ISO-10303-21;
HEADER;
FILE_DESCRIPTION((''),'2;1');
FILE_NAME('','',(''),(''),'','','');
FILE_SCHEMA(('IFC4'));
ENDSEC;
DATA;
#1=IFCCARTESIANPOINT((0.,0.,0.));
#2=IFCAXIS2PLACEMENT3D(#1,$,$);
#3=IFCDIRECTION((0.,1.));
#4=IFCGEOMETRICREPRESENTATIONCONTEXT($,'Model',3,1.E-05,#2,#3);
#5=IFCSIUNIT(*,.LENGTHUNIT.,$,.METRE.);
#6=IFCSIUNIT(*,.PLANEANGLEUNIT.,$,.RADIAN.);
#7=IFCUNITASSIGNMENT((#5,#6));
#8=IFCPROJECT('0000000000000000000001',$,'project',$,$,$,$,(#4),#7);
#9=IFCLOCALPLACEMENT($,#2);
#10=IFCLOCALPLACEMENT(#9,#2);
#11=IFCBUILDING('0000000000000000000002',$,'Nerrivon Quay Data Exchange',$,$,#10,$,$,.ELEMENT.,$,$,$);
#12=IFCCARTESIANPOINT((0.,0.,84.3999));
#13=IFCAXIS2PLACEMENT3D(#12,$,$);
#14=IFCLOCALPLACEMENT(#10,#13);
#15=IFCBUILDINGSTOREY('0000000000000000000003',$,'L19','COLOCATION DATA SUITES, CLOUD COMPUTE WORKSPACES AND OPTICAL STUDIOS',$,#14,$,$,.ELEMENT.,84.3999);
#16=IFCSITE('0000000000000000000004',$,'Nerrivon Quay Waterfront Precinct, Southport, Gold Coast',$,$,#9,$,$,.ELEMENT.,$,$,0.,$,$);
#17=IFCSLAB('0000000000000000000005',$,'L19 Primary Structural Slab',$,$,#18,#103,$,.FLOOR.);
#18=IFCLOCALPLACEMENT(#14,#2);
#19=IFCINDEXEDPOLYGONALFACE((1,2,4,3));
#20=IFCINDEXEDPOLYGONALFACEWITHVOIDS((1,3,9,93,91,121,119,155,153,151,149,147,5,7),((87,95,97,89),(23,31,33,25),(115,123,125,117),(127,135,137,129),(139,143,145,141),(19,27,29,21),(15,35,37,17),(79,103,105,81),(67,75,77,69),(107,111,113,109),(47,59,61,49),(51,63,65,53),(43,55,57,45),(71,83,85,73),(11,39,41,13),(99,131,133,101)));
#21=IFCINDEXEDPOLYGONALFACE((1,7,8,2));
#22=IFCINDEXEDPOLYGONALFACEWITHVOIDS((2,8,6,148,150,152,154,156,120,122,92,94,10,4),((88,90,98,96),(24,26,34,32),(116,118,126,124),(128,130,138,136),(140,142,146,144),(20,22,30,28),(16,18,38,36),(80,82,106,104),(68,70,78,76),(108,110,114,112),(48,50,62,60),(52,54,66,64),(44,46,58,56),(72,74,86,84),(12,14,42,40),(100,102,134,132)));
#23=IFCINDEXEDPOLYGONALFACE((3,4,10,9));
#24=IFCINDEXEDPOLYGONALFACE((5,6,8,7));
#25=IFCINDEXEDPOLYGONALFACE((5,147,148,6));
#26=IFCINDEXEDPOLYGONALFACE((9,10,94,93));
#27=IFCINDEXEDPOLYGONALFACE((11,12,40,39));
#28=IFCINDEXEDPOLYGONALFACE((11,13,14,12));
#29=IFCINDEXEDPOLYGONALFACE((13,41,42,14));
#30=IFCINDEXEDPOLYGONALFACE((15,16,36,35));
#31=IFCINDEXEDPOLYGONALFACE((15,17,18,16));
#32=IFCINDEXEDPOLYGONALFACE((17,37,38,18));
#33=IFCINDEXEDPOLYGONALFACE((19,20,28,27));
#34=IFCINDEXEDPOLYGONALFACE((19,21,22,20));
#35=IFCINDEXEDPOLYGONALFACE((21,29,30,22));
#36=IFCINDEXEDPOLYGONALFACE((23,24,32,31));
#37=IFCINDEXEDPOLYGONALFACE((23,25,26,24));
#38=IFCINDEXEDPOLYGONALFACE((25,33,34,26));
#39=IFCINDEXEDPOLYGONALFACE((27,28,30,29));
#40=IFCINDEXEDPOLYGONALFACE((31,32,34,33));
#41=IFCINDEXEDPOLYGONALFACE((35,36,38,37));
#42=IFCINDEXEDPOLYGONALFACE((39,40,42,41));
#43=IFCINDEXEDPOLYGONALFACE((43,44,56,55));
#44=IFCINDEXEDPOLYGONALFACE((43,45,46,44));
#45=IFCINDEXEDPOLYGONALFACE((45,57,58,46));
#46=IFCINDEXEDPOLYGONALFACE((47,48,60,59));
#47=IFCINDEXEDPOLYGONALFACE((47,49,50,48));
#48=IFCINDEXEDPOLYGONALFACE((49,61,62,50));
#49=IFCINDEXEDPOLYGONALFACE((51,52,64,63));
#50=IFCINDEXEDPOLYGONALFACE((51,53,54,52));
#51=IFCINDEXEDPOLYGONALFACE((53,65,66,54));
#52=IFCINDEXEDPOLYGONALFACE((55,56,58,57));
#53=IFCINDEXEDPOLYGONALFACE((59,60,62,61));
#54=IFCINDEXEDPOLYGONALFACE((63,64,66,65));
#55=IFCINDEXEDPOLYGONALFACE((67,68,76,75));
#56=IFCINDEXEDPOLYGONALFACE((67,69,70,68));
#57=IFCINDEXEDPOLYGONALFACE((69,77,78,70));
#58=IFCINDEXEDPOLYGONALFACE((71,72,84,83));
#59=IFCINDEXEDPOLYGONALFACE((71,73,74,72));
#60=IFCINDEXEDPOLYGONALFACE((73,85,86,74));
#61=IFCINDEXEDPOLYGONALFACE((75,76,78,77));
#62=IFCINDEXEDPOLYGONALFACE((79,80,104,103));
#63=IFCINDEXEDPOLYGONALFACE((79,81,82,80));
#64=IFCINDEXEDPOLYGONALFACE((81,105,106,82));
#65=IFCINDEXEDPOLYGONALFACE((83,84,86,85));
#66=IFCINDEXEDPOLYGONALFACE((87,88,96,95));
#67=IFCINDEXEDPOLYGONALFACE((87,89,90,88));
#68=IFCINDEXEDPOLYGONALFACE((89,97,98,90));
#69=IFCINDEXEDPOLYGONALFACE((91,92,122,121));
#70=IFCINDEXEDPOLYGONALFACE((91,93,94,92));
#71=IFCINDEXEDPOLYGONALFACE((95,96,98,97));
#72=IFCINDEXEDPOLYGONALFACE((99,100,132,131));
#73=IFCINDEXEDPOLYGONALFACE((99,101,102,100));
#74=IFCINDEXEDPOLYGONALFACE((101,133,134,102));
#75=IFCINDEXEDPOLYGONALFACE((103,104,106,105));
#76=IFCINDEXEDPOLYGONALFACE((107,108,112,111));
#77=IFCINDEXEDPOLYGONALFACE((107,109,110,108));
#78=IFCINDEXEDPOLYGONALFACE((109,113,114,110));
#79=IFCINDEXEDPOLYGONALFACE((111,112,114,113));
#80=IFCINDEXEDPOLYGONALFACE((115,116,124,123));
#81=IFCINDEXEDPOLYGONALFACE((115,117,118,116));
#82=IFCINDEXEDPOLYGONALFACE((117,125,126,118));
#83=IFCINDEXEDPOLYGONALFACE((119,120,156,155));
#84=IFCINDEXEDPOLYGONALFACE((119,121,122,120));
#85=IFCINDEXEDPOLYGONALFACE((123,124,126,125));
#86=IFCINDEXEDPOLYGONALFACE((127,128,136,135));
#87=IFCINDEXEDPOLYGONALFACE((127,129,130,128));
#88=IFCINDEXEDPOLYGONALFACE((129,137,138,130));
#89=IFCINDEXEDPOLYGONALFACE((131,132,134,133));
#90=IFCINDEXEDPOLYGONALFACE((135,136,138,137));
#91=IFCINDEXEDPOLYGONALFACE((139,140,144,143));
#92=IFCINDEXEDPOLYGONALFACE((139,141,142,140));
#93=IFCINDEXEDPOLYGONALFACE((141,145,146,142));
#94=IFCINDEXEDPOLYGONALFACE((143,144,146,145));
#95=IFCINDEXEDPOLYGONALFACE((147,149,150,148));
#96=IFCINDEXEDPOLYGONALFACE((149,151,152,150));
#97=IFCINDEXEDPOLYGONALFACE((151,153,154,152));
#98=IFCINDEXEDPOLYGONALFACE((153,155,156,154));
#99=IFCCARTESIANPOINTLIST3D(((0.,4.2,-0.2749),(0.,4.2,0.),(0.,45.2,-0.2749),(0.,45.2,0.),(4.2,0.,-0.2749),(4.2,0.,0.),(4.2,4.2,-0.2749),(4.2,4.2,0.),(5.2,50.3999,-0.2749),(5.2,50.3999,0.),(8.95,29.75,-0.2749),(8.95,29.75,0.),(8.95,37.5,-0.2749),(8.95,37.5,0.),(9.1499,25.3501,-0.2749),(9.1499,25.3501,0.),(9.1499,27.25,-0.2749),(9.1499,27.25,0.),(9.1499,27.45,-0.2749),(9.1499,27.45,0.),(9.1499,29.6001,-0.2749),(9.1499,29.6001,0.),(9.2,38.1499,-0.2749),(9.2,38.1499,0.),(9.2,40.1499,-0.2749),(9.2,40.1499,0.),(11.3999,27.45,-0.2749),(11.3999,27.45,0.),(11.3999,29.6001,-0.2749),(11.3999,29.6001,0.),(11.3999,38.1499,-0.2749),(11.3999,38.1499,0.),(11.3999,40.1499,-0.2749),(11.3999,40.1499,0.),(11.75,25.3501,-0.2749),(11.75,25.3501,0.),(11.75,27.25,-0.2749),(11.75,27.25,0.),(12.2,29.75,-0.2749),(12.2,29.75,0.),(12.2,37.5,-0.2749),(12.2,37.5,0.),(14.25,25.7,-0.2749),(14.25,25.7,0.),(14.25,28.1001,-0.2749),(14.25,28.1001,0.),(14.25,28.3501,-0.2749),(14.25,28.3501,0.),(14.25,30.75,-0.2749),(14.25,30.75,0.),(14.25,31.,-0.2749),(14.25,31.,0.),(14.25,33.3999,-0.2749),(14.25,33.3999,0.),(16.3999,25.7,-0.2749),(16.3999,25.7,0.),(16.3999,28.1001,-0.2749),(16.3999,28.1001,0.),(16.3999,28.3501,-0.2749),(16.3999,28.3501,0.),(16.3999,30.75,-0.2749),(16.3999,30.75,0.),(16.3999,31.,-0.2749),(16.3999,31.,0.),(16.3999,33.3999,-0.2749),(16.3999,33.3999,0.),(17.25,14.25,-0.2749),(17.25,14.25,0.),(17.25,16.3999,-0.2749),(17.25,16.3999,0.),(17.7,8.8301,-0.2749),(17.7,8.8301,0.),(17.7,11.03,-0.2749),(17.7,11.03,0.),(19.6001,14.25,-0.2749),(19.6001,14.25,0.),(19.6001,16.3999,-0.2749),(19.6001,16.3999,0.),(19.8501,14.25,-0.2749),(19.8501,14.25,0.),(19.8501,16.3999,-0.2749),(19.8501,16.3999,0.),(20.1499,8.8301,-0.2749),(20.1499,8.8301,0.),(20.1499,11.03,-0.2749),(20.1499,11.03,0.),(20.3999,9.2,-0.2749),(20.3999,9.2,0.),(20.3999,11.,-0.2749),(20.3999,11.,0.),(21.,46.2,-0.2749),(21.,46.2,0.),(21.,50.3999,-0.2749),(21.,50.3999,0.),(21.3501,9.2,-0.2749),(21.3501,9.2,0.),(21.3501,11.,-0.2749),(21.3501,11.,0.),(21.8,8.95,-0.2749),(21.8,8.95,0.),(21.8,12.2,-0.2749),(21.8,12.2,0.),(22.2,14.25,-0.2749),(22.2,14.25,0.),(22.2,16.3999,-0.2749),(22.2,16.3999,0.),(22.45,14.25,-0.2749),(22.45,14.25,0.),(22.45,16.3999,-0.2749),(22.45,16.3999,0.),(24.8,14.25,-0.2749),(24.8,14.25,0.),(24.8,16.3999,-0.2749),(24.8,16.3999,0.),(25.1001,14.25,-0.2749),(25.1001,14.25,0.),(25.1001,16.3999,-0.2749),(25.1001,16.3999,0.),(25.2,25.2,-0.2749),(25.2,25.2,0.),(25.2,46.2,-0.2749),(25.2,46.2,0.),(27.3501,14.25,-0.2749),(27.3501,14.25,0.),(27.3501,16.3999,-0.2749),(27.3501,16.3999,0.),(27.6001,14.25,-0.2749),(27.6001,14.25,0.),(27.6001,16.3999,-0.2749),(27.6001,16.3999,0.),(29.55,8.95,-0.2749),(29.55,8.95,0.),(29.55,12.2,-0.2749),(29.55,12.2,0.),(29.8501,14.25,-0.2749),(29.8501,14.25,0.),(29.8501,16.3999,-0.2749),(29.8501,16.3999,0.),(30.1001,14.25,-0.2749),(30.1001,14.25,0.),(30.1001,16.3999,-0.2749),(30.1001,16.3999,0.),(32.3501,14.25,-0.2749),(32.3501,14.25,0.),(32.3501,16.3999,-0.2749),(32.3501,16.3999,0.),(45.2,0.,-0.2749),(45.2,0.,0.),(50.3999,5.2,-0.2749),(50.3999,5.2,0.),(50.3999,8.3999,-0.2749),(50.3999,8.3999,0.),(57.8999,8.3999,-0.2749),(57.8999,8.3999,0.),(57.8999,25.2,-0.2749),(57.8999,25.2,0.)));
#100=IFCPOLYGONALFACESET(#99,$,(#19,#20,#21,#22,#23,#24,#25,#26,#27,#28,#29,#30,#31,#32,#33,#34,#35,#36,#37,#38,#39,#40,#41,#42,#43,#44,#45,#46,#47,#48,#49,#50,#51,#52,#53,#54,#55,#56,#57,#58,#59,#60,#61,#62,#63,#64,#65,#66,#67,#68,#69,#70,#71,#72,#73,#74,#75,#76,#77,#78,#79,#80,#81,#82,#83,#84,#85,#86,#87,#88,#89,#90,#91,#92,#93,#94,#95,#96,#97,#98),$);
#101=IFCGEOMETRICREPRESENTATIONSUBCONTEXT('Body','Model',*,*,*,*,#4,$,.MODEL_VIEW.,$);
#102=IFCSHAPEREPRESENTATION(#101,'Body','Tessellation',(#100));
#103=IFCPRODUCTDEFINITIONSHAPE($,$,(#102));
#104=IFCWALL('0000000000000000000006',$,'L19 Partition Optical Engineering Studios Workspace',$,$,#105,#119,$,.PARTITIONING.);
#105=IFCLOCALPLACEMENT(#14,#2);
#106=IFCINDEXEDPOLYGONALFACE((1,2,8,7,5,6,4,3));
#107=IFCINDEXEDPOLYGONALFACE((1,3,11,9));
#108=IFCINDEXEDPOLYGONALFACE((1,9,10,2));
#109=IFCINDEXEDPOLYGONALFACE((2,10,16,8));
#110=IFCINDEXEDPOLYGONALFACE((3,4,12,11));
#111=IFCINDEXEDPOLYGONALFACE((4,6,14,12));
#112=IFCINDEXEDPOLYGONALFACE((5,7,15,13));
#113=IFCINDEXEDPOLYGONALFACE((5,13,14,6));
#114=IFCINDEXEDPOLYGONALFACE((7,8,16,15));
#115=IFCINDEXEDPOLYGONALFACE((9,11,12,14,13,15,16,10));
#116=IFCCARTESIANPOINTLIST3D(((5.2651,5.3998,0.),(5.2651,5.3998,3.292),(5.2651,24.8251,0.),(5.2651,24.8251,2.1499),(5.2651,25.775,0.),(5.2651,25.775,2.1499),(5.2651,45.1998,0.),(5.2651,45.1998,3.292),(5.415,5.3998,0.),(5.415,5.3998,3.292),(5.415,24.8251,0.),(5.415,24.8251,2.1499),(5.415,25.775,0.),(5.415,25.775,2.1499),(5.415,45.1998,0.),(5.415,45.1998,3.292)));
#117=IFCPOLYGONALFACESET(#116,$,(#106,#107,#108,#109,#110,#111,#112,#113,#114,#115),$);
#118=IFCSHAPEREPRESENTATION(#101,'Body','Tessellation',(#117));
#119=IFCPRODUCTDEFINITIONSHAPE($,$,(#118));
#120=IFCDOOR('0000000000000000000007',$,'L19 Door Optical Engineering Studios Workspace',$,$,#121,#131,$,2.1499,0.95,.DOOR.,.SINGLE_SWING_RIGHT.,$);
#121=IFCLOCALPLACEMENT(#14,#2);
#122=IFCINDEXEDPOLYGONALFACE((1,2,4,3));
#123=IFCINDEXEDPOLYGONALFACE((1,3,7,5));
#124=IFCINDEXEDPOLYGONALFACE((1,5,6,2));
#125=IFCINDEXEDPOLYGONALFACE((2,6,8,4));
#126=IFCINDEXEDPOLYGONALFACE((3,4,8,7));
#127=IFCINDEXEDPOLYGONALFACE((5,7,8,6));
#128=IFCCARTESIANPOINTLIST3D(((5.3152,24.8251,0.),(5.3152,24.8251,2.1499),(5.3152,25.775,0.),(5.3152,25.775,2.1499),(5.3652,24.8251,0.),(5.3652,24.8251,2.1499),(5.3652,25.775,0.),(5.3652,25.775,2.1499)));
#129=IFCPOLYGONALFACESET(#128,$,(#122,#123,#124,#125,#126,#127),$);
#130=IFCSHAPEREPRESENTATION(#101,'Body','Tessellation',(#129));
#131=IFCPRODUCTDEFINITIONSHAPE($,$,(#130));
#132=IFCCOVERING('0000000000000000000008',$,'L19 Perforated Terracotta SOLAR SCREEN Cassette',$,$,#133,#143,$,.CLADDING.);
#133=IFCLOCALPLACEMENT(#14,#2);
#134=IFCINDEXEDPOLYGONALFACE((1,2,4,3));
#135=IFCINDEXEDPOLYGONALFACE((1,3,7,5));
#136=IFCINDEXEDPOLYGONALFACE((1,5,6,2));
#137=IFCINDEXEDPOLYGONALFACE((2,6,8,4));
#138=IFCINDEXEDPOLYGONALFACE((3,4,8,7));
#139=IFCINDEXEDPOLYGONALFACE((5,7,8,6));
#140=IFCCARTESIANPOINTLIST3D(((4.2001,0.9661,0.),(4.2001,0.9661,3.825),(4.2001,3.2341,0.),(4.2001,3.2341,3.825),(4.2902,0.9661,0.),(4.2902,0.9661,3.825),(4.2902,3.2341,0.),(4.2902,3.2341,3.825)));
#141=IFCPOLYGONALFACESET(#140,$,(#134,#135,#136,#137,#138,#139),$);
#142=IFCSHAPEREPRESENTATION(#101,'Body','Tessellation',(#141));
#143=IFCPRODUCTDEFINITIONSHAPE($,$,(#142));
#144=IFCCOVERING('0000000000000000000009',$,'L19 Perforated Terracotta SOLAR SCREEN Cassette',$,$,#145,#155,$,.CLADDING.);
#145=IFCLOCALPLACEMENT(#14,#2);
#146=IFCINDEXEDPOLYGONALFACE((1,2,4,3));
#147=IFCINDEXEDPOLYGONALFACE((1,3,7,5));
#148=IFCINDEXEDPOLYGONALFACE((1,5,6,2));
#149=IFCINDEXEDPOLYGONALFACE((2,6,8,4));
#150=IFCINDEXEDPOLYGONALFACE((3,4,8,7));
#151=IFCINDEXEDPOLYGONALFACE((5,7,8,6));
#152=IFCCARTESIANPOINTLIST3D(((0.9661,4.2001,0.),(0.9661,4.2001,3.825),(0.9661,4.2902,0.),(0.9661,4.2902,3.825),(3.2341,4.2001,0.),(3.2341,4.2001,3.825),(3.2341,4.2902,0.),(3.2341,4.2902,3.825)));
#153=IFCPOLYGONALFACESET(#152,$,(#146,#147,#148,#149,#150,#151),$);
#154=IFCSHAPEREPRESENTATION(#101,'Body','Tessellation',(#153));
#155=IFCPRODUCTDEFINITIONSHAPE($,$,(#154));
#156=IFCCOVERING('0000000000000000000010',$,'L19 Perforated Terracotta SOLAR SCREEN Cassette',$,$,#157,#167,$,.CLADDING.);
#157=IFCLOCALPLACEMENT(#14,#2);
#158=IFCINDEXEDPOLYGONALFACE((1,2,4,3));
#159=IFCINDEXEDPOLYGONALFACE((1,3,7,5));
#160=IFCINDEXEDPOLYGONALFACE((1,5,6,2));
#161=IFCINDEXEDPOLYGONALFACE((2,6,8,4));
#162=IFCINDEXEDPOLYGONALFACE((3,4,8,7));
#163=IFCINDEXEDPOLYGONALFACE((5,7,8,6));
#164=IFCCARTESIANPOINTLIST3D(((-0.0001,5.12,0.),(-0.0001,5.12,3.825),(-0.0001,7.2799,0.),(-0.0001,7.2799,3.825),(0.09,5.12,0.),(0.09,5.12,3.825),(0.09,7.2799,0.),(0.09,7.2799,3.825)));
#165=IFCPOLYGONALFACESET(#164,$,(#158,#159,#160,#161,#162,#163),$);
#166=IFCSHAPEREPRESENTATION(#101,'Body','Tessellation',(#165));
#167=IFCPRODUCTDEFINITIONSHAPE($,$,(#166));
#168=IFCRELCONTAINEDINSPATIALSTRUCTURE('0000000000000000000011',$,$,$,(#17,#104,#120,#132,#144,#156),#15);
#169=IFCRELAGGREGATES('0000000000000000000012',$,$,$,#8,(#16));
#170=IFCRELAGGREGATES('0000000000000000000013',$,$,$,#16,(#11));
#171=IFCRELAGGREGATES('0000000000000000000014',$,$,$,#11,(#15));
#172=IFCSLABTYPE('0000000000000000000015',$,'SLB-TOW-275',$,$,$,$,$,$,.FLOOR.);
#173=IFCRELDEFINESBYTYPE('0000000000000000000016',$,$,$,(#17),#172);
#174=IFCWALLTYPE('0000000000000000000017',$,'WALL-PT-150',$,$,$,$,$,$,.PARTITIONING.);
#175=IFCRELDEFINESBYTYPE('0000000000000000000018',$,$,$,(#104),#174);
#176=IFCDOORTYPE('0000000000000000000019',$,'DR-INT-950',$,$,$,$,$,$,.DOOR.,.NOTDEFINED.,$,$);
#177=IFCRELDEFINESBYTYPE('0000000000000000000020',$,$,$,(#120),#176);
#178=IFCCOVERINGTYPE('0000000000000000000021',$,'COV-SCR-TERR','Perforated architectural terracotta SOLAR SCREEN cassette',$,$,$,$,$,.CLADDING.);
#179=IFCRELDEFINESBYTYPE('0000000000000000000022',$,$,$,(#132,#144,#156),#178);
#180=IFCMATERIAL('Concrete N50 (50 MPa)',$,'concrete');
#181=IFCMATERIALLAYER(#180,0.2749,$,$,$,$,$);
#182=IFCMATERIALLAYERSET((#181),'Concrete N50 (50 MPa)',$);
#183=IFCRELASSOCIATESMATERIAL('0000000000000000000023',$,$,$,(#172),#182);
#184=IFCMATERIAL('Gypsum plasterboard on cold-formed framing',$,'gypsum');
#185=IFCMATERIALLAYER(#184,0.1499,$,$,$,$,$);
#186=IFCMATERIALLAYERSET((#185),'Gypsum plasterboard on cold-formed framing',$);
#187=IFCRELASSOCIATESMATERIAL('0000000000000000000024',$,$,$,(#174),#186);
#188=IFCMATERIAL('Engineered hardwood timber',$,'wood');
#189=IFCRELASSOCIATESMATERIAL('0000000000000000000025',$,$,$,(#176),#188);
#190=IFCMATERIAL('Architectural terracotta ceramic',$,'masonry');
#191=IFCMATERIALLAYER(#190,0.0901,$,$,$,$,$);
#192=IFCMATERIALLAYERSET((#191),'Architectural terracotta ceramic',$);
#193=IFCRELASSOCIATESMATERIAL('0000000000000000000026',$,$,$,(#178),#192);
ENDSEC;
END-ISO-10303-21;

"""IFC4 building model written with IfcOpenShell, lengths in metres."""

from ifc_helpers import new_model, si_unit, direction, frame, frame_2d, origin, origin_2d, place, context, subcontext, project, spatial, polyline, rectangle, outline, extrude, material, layer, layer_set, type_object, element, fill, save


model = new_model("IFC4")

# Units and contexts
model_context = context("Model", 3, precision=1e-05, world=origin(), true_north=direction((0.0, 1.0)))
body_context = subcontext(model_context, "Body", "Model", "MODEL_VIEW")
ifc_project = project(units=[si_unit("LENGTHUNIT", "METRE"), si_unit("PLANEANGLEUNIT", "RADIAN")], contexts=[model_context])

# Site, building, storey
site_placement = place(None, origin())
site = spatial("IfcSite", under=ifc_project, at=site_placement, Name="Nerrivon Quay Waterfront Precinct, Southport, Gold Coast", CompositionType="ELEMENT", RefElevation=0.0)
building_placement = place(site_placement, origin())
building = spatial("IfcBuilding", under=site, at=building_placement, Name="Nerrivon Quay Data Exchange", CompositionType="ELEMENT")
storey_placement = place(building_placement, frame((0.0, 0.0, 84.3999)))
storey = spatial("IfcBuildingStorey", under=building, at=storey_placement, Name="L19", Description="COLOCATION DATA SUITES, CLOUD COMPUTE WORKSPACES AND OPTICAL STUDIOS", CompositionType="ELEMENT", Elevation=84.3999)

# Shared definitions
ifc_material_1 = material(Name="Concrete N50 (50 MPa)", Category="concrete")

# Slab
ifc_layer_1 = layer(ifc_material_1, 0.2749)
ifc_layer_set_1 = layer_set([ifc_layer_1], Name="Concrete N50 (50 MPa)")
slab_type_1 = type_object("IfcSlabType", Name="SLB-TOW-275", PredefinedType="FLOOR", material=ifc_layer_set_1)
slab_1_placement = place(storey_placement, frame((0.0, 0.0, -0.2749)))
element("IfcSlab", 1, at=slab_1_placement, inside=storey, type_object=slab_type_1, Name="L19 Primary Structural Slab", PredefinedType="FLOOR", context=body_context, shape_type="SweptSolid", body=[
    extrude(outline(polyline([(25.2, 25.2), (25.2, 46.2), (21.0, 46.2), (21.0, 50.3999), (5.2, 50.3999), (0.0, 45.2), (0.0, 4.2), (4.2, 4.2), (4.2, 0.0), (45.2, 0.0), (50.3999, 5.2), (50.3999, 8.3999), (57.8999, 8.3999), (57.8999, 25.2), (25.2, 25.2)]), holes=[polyline([(8.95, 29.75), (8.95, 37.5), (12.2, 37.5), (12.2, 29.75), (8.95, 29.75)]), polyline([(21.8, 12.2), (29.55, 12.2), (29.55, 8.95), (21.8, 8.95), (21.8, 12.2)]), polyline([(30.1001, 16.3999), (32.3501, 16.3999), (32.3501, 14.25), (30.1001, 14.25), (30.1001, 16.3999)]), polyline([(27.6001, 16.3999), (29.8501, 16.3999), (29.8501, 14.25), (27.6001, 14.25), (27.6001, 16.3999)]), polyline([(25.1001, 16.3999), (27.3501, 16.3999), (27.3501, 14.25), (25.1001, 14.25), (25.1001, 16.3999)]), polyline([(22.45, 16.3999), (24.8, 16.3999), (24.8, 14.25), (22.45, 14.25), (22.45, 16.3999)]), polyline([(19.8501, 16.3999), (22.2, 16.3999), (22.2, 14.25), (19.8501, 14.25), (19.8501, 16.3999)]), polyline([(20.3999, 11.0), (21.3501, 11.0), (21.3501, 9.2), (20.3999, 9.2), (20.3999, 11.0)]), polyline([(17.7, 8.8301), (17.7, 11.03), (20.1499, 11.03), (20.1499, 8.8301), (17.7, 8.8301)]), polyline([(17.25, 14.25), (17.25, 16.3999), (19.6001, 16.3999), (19.6001, 14.25), (17.25, 14.25)]), polyline([(14.25, 28.1001), (16.3999, 28.1001), (16.3999, 25.7), (14.25, 25.7), (14.25, 28.1001)]), polyline([(14.25, 30.75), (16.3999, 30.75), (16.3999, 28.3501), (14.25, 28.3501), (14.25, 30.75)]), polyline([(14.25, 33.3999), (16.3999, 33.3999), (16.3999, 31.0), (14.25, 31.0), (14.25, 33.3999)]), polyline([(9.1499, 27.25), (11.75, 27.25), (11.75, 25.3501), (9.1499, 25.3501), (9.1499, 27.25)]), polyline([(9.1499, 29.6001), (11.3999, 29.6001), (11.3999, 27.45), (9.1499, 27.45), (9.1499, 29.6001)]), polyline([(9.2, 40.1499), (11.3999, 40.1499), (11.3999, 38.1499), (9.2, 38.1499), (9.2, 40.1499)])]), origin(), (0.0, 0.0, 1.0), 0.2749),
])

# Wall, opening, door
ifc_material_2 = material(Name="Gypsum plasterboard on cold-formed framing", Category="gypsum")
ifc_layer_2 = layer(ifc_material_2, 0.1499)
ifc_layer_set_2 = layer_set([ifc_layer_2], Name="Gypsum plasterboard on cold-formed framing")
wall_type = type_object("IfcWallType", Name="WALL-PT-150", PredefinedType="PARTITIONING", material=ifc_layer_set_2)
wall_placement = place(storey_placement, frame((5.3401, 5.3999, 0.0), z_axis=(0.0, 0.0, 1.0), x_axis=(0.0, 1.0, 0.0)))
wall = element("IfcWall", 2, at=wall_placement, inside=storey, type_object=wall_type, Name="L19 Partition Optical Engineering Studios Workspace", PredefinedType="PARTITIONING", context=body_context, shape_type="SweptSolid", body=[
    extrude(rectangle(XDim=39.8, YDim=0.1499, at=frame_2d((19.8999, 0.0))), origin(), (0.0, 0.0, 1.0), 3.292),
])
opening_placement = place(wall_placement, frame((19.425, 0.0, 0.0)))
opening = element("IfcOpeningElement", 3, at=opening_placement, cuts=wall, PredefinedType="OPENING", context=body_context, shape_type="SweptSolid", body=[
    extrude(rectangle(XDim=0.95, YDim=2.1499, at=frame_2d((0.4751, 1.075))), frame((0.0, 0.085, 0.0), z_axis=(0.0, -1.0, 0.0), x_axis=(1.0, 0.0, 0.0)), (0.0, 0.0, 1.0), 0.1699),
])
ifc_material_3 = material(Name="Engineered hardwood timber", Category="wood")
door_type = type_object("IfcDoorType", Name="DR-INT-950", OperationType="NOTDEFINED", PredefinedType="DOOR", material=ifc_material_3)
door_placement = place(opening_placement, origin())
door = element("IfcDoor", 4, at=door_placement, inside=storey, type_object=door_type, Name="L19 Door Optical Engineering Studios Workspace", OperationType="SINGLE_SWING_RIGHT", OverallHeight=2.1499, OverallWidth=0.95, PredefinedType="DOOR", context=body_context, shape_type="SweptSolid", body=[
    extrude(rectangle(XDim=0.95, YDim=2.1499, at=frame_2d((0.4751, 1.075))), frame((0.0, 0.0249, 0.0), z_axis=(0.0, -1.0, 0.0), x_axis=(1.0, 0.0, 0.0)), (0.0, 0.0, 1.0), 0.05),
])
fill(opening, door)

# Coverings
ifc_material_4 = material(Name="Architectural terracotta ceramic", Category="masonry")
ifc_layer_3 = layer(ifc_material_4, 0.0901)
ifc_layer_set_3 = layer_set([ifc_layer_3], Name="Architectural terracotta ceramic")
covering_type = type_object("IfcCoveringType", Name="COV-SCR-TERR", Description="Perforated architectural terracotta SOLAR SCREEN cassette", PredefinedType="CLADDING", material=ifc_layer_set_3)
for number, where, z_axis, x_axis, name in (
    (5, (4.2451, 2.1001, 0.0), (0.0, 0.0, 1.0), (0.0, 1.0, 0.0), "L19 Perforated Terracotta SOLAR SCREEN Cassette"),
    (6, (2.1001, 4.2451, 0.0), (0.0, 0.0, 1.0), (-1.0, 0.0, 0.0), "L19 Perforated Terracotta SOLAR SCREEN Cassette"),
):
    element("IfcCovering", number, at=place(storey_placement, frame(where, z_axis=z_axis, x_axis=x_axis)), inside=storey, type_object=covering_type, Name=name, PredefinedType="CLADDING", context=body_context, shape_type="SweptSolid", body=[
        extrude(rectangle(XDim=2.2681, YDim=0.0901, at=origin_2d()), origin(), (0.0, 0.0, 1.0), 3.825),
    ])
covering_placement = place(storey_placement, frame((0.0449, 6.2, 0.0), z_axis=(0.0, 0.0, 1.0), x_axis=(0.0, 1.0, 0.0)))
element("IfcCovering", 7, at=covering_placement, inside=storey, type_object=covering_type, Name="L19 Perforated Terracotta SOLAR SCREEN Cassette", PredefinedType="CLADDING", context=body_context, shape_type="SweptSolid", body=[
    extrude(rectangle(XDim=2.1599, YDim=0.0901, at=origin_2d()), origin(), (0.0, 0.0, 1.0), 3.825),
])

save(model, "model.ifc")
